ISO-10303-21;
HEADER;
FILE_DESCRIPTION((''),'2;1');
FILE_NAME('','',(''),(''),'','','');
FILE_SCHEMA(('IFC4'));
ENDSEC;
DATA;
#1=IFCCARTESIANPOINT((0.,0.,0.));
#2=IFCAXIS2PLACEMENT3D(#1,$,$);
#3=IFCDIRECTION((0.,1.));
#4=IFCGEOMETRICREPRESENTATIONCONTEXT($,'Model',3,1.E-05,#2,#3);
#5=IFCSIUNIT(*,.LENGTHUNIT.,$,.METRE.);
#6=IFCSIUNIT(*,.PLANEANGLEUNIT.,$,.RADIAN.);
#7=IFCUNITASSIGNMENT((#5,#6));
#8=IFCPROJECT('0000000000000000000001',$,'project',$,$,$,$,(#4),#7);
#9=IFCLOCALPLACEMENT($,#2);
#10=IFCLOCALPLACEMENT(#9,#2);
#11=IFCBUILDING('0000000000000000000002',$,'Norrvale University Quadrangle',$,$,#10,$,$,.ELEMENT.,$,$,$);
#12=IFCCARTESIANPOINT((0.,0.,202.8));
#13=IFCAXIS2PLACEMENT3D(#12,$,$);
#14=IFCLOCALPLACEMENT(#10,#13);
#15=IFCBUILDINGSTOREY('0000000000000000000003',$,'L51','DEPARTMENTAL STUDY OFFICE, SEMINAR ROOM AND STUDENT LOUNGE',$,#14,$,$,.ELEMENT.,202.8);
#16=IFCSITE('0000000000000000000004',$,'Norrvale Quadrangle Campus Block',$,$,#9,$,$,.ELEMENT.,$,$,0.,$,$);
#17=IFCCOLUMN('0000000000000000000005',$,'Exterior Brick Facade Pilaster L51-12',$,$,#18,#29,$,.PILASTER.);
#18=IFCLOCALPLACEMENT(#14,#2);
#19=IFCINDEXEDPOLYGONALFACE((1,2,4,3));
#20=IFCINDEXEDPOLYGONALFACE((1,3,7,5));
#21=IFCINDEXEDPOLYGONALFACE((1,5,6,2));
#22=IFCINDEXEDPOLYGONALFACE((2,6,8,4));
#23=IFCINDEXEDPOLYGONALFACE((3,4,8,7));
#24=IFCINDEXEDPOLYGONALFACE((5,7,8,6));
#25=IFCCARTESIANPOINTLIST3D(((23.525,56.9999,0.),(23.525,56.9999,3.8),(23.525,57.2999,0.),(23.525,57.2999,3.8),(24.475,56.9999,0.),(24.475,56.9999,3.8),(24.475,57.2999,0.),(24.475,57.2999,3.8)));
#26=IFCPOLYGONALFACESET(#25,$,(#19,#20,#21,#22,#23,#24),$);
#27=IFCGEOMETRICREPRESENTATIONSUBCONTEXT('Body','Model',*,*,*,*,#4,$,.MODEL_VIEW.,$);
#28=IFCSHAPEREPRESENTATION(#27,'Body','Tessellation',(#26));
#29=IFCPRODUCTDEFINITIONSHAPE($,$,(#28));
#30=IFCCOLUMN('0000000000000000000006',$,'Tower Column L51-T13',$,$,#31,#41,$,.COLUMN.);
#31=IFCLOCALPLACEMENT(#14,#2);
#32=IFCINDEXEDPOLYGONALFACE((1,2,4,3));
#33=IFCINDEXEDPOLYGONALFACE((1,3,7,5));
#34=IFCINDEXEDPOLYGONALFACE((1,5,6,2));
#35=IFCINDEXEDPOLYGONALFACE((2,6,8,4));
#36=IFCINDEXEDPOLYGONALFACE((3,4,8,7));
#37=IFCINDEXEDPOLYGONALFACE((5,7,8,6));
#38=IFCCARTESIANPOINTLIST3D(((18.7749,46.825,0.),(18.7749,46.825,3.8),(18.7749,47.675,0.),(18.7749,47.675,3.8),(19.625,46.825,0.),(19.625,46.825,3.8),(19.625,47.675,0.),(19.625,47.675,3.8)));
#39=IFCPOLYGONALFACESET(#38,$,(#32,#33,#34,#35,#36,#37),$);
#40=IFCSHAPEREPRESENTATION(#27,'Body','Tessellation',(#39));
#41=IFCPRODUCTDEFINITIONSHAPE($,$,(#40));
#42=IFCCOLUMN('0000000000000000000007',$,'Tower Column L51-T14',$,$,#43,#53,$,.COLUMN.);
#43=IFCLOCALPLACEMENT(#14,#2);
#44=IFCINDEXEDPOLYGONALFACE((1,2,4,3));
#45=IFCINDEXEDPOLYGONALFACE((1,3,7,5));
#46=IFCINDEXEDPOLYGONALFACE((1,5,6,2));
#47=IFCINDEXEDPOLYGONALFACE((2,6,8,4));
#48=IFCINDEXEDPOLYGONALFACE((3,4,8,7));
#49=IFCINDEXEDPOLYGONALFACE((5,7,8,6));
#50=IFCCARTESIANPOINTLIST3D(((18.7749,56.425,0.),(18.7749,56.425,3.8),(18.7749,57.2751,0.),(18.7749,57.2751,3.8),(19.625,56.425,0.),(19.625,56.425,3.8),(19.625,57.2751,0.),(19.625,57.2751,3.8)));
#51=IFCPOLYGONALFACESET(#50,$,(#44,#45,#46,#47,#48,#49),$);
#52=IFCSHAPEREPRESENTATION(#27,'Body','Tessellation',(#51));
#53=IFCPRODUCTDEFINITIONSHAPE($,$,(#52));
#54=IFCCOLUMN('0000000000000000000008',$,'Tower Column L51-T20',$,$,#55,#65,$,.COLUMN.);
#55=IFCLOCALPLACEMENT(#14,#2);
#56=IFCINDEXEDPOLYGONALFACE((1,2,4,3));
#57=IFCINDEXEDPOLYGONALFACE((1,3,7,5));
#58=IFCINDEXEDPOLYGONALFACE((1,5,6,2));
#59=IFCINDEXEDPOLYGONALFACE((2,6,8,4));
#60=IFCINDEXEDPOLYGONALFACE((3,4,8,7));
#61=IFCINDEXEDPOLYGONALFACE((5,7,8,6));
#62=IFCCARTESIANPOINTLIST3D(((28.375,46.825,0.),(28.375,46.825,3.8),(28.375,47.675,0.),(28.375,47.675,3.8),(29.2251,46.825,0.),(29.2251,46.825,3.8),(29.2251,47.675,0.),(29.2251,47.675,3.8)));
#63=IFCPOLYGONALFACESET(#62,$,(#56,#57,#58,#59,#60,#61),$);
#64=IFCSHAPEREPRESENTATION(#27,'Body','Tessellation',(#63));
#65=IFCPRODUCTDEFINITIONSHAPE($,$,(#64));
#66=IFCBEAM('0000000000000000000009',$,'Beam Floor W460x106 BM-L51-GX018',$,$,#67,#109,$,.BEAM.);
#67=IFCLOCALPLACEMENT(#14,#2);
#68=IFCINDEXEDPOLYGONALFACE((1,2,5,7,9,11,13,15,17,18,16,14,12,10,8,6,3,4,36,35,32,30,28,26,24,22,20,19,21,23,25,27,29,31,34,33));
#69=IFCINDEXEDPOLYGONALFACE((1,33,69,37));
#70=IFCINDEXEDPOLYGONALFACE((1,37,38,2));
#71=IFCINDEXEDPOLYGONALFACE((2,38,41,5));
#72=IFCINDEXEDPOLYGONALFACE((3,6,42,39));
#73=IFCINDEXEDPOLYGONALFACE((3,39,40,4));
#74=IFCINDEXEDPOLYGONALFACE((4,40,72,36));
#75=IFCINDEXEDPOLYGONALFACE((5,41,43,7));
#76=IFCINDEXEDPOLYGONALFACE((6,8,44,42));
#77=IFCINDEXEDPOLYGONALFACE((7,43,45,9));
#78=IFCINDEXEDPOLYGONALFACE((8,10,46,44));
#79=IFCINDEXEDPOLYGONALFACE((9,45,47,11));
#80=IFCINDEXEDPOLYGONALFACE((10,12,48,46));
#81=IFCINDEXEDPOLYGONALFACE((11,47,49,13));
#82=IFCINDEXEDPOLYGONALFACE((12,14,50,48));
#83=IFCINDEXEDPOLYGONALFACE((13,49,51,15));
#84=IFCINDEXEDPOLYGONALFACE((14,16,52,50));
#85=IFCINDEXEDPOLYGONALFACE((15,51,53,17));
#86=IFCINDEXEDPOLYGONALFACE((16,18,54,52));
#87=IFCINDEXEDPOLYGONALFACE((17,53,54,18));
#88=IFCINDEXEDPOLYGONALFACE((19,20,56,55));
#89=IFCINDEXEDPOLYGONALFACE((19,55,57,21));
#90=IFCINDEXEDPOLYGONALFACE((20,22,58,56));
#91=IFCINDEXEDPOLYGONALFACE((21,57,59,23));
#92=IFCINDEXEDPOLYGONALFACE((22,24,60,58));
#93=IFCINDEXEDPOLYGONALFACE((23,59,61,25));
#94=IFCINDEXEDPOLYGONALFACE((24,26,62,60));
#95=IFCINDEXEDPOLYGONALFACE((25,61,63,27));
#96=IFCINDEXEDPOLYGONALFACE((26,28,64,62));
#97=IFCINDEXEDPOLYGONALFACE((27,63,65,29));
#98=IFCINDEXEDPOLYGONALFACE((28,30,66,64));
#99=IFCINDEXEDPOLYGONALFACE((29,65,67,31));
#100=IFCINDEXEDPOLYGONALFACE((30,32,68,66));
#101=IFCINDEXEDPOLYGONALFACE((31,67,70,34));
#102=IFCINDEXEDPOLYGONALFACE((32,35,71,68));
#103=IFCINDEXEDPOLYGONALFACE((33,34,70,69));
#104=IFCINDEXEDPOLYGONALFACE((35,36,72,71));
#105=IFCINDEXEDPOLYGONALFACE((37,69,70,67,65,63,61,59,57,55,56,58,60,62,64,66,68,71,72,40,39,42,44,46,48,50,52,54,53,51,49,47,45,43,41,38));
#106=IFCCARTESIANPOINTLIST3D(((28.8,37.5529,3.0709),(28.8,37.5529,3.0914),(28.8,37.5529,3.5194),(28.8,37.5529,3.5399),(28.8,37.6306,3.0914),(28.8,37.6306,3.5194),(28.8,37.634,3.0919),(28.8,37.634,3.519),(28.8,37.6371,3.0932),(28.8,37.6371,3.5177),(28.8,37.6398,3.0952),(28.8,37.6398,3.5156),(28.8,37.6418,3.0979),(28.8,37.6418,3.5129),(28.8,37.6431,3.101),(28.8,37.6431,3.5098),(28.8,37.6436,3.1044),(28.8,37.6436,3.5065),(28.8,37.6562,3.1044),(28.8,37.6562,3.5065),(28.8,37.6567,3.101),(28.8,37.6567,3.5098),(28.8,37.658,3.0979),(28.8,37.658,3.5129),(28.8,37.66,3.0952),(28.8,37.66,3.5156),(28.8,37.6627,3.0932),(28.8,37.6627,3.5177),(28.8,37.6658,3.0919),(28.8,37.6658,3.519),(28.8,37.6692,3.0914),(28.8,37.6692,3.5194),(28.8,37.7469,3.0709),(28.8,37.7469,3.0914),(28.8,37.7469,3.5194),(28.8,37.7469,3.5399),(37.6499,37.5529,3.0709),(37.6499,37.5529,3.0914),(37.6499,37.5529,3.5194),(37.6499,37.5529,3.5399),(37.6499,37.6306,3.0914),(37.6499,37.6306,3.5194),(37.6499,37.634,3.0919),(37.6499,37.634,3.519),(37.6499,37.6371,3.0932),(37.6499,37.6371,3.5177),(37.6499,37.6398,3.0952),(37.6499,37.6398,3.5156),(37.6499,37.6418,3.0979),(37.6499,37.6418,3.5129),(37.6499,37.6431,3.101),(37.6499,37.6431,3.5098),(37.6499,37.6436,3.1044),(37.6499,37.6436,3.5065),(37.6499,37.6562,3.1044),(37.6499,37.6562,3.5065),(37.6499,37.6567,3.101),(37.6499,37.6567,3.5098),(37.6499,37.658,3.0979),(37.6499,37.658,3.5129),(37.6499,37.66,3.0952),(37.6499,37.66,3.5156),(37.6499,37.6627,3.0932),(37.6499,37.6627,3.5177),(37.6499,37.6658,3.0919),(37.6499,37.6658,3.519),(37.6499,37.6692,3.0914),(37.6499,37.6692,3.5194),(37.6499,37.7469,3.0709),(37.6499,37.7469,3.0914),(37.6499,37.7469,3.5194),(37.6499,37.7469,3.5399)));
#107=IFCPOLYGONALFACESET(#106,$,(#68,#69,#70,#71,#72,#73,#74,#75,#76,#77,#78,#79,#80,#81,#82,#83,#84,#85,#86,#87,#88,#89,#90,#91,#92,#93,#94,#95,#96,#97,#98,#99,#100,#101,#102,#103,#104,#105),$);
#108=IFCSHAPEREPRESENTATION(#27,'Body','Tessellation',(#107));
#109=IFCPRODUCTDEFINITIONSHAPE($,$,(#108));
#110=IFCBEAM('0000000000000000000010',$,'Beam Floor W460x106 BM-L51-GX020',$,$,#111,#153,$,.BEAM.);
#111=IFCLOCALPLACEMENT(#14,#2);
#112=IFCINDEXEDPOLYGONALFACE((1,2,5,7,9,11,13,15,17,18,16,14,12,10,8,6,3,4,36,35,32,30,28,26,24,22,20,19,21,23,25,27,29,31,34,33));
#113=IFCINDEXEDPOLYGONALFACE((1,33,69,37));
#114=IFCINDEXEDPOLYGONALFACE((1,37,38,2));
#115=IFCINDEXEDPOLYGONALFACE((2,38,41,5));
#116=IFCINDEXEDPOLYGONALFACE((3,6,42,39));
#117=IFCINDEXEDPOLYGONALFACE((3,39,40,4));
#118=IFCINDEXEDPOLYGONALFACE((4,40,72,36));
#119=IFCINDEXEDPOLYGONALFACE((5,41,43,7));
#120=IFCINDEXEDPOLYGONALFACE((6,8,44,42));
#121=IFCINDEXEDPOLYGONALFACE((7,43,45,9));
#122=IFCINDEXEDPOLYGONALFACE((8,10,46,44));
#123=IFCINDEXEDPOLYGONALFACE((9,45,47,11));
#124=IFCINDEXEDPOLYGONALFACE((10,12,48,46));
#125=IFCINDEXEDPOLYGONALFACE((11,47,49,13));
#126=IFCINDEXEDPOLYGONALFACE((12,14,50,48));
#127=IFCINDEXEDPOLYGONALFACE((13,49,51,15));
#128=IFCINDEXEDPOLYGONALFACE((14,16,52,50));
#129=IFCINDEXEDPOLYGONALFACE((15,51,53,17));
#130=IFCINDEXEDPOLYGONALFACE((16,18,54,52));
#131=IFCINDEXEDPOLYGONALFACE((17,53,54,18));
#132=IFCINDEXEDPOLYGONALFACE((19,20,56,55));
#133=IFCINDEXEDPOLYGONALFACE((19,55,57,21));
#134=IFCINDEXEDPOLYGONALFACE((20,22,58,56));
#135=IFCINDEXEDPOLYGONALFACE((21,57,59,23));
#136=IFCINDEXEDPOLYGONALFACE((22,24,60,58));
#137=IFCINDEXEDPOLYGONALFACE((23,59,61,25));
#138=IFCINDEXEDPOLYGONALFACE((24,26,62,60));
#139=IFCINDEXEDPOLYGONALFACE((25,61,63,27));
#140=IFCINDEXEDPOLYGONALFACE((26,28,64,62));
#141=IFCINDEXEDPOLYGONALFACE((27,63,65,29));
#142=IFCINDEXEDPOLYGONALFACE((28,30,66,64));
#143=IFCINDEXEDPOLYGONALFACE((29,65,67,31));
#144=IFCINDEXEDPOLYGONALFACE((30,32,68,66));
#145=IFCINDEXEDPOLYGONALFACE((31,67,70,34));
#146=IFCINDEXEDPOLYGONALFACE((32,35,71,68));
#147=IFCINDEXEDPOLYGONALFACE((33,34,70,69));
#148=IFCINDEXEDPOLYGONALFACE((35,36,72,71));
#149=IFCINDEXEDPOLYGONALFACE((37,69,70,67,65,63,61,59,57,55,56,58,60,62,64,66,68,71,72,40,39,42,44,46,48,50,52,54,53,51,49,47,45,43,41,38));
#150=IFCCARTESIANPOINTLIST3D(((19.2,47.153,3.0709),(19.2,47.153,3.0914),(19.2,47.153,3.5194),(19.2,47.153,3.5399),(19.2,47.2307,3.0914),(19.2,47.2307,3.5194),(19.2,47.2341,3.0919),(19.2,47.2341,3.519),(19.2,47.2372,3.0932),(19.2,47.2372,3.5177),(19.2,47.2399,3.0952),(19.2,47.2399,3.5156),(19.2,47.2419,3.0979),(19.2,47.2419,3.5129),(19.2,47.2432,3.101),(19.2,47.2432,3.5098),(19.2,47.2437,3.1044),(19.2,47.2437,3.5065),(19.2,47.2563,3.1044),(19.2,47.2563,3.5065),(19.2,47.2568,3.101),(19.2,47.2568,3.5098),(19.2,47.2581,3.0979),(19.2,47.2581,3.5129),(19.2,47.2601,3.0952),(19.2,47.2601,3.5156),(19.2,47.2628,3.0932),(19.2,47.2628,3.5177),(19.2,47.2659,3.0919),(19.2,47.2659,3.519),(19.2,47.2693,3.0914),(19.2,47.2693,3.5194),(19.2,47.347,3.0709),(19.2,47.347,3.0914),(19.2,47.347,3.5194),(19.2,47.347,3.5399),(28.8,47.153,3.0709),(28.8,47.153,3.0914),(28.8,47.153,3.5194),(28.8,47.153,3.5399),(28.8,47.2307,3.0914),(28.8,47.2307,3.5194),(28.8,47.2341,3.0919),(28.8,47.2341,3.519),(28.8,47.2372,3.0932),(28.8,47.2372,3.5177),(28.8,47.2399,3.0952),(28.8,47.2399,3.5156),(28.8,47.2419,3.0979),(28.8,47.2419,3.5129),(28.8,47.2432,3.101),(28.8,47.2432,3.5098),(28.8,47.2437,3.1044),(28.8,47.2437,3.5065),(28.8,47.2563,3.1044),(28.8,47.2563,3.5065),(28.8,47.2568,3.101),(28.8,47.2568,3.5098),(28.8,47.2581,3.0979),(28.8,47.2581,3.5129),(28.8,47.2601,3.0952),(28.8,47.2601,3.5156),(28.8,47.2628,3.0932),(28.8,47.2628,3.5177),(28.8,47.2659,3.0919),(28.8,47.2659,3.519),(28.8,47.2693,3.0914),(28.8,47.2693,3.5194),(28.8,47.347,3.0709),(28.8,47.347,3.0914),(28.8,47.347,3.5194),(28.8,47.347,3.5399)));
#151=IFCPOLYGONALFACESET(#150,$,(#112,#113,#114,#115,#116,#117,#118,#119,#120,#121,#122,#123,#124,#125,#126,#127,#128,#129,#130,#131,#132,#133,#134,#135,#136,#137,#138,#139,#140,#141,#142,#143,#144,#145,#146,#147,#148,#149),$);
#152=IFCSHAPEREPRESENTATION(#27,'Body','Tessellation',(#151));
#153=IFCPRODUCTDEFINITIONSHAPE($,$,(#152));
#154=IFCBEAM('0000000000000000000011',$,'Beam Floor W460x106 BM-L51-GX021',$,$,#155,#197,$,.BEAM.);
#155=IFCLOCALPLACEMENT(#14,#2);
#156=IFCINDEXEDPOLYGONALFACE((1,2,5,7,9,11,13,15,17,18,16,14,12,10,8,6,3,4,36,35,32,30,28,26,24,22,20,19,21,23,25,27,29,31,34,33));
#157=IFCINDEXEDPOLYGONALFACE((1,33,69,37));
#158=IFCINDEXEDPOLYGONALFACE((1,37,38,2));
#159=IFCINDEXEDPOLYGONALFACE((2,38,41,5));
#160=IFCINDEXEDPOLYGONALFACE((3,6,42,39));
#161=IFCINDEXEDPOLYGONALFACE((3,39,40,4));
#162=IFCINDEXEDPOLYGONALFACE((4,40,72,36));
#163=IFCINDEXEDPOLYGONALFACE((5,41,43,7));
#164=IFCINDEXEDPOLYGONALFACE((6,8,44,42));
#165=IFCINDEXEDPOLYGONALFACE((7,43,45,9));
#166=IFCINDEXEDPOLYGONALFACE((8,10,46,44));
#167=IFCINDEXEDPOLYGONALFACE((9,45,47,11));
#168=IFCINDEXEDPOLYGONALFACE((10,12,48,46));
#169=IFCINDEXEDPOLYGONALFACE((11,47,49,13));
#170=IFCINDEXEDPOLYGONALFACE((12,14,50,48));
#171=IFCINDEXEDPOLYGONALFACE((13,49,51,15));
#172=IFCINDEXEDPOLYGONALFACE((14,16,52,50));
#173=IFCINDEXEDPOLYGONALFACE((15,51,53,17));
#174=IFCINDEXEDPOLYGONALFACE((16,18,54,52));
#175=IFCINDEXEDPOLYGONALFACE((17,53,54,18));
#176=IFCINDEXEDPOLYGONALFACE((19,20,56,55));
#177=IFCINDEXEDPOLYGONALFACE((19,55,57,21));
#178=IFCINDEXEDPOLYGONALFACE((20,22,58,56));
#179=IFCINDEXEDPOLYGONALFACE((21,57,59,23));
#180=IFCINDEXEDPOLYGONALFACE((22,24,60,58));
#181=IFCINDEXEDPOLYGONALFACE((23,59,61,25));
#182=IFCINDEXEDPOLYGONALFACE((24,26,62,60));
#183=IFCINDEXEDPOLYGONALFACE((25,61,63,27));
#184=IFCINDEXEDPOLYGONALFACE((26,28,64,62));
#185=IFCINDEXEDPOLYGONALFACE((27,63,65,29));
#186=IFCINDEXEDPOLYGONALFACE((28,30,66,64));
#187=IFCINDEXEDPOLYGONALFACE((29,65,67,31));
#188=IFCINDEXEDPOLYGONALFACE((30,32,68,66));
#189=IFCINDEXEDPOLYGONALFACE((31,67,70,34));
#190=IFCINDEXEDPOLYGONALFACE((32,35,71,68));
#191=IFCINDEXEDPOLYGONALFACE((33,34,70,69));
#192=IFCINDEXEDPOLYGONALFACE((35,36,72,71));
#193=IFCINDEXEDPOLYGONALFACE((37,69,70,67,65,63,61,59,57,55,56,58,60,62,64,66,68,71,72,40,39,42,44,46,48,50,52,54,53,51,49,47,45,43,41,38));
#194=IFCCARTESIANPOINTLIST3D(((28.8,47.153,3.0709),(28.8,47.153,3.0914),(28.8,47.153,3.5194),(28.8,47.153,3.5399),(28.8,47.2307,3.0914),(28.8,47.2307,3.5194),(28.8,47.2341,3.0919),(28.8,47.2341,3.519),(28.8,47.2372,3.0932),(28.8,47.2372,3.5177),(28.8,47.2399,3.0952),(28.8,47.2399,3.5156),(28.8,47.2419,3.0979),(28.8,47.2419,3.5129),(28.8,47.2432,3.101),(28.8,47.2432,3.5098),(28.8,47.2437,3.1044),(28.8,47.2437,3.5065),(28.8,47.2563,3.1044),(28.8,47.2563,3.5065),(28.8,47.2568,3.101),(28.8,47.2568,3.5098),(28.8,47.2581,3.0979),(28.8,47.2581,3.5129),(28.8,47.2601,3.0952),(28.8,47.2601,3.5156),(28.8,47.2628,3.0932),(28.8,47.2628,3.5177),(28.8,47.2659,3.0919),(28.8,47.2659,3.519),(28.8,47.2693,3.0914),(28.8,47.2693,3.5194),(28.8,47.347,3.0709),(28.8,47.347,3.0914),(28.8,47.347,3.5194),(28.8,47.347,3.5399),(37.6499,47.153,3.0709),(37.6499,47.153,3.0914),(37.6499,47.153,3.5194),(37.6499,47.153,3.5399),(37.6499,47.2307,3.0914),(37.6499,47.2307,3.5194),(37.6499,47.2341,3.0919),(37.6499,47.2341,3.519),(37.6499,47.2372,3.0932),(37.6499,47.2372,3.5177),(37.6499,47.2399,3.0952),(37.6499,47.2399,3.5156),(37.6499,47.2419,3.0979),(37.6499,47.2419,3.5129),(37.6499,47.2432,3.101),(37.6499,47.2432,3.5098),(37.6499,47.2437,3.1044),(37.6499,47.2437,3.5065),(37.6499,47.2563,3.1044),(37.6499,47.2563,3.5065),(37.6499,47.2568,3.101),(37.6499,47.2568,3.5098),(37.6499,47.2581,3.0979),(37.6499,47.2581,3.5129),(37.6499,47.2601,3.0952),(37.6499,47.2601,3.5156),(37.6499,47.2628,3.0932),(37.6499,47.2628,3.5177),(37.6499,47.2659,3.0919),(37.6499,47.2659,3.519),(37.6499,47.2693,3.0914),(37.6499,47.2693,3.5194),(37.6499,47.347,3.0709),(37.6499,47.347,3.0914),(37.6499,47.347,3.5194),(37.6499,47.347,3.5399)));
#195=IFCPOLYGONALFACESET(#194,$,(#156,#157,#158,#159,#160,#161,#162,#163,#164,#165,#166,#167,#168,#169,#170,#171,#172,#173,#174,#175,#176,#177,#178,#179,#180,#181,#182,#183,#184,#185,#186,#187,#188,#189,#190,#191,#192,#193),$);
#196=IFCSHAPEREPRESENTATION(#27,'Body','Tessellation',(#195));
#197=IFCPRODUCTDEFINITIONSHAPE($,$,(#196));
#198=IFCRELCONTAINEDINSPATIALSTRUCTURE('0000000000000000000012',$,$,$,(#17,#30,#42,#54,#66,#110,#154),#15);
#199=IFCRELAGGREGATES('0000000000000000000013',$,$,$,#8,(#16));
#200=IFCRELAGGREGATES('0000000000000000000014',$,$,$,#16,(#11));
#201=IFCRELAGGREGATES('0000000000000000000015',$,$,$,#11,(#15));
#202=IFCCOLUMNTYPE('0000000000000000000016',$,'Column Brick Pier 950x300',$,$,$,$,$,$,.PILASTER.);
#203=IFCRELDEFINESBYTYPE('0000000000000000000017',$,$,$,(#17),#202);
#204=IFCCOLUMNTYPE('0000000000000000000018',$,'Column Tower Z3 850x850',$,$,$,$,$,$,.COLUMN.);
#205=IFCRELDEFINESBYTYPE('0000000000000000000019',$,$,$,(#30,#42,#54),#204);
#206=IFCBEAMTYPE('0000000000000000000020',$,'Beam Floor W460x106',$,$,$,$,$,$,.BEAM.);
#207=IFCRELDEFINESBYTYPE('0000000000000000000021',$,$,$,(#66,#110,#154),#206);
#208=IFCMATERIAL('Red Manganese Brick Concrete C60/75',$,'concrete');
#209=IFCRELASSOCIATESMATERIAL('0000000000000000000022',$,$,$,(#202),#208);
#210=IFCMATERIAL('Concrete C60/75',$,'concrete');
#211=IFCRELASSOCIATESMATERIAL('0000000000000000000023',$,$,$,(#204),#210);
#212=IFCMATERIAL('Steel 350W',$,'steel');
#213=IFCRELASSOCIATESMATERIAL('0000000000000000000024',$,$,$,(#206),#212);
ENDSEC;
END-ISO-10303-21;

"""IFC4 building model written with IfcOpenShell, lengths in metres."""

from ifc_helpers import new_model, si_unit, direction, frame, origin, origin_2d, place, context, subcontext, project, spatial, rectangle, i_section, extrude, material, material_profile, profile_set, type_object, element, save


model = new_model("IFC4")

# Units and contexts
model_context = context("Model", 3, precision=1e-05, world=origin(), true_north=direction((0.0, 1.0)))
body_context = subcontext(model_context, "Body", "Model", "MODEL_VIEW")
ifc_project = project(units=[si_unit("LENGTHUNIT", "METRE"), si_unit("PLANEANGLEUNIT", "RADIAN")], contexts=[model_context])

# Site, building, storey
site_placement = place(None, origin())
site = spatial("IfcSite", under=ifc_project, at=site_placement, Name="Norrvale Quadrangle Campus Block", CompositionType="ELEMENT", RefElevation=0.0)
building_placement = place(site_placement, origin())
building = spatial("IfcBuilding", under=site, at=building_placement, Name="Norrvale University Quadrangle", CompositionType="ELEMENT")
storey_placement = place(building_placement, frame((0.0, 0.0, 202.8)))
storey = spatial("IfcBuildingStorey", under=building, at=storey_placement, Name="L51", Description="DEPARTMENTAL STUDY OFFICE, SEMINAR ROOM AND STUDENT LOUNGE", CompositionType="ELEMENT", Elevation=202.8)

# Columns
ifc_material_1 = material(Name="Red Manganese Brick Concrete C60/75", Category="concrete")
ifc_material_profile_1 = material_profile(ifc_material_1, rectangle(XDim=0.95, YDim=0.3, at=origin_2d()), Name="Red Manganese Brick Concrete C60/75")
ifc_profile_set_1 = profile_set([ifc_material_profile_1], Name="Red Manganese Brick Concrete C60/75")
column_type_1 = type_object("IfcColumnType", Name="Column Brick Pier 950x300", PredefinedType="PILASTER", material=ifc_profile_set_1)
column_placement = place(storey_placement, frame((24.0, 57.1499, 0.0), z_axis=(0.0, 0.0, 1.0), x_axis=(1.0, 0.0, 0.0)))
element("IfcColumn", 1, at=column_placement, inside=storey, type_object=column_type_1, Name="Exterior Brick Facade Pilaster L51-12", PredefinedType="PILASTER", context=body_context, shape_type="SweptSolid", body=[
    extrude(rectangle(XDim=0.95, YDim=0.3, at=origin_2d()), origin(), (0.0, 0.0, 1.0), 3.8),
])
ifc_material_2 = material(Name="Concrete C60/75", Category="concrete")
ifc_material_profile_2 = material_profile(ifc_material_2, rectangle(XDim=0.8501, YDim=0.8501, at=origin_2d()), Name="Concrete C60/75")
ifc_profile_set_2 = profile_set([ifc_material_profile_2], Name="Concrete C60/75")
column_type_2 = type_object("IfcColumnType", Name="Column Tower Z3 850x850", PredefinedType="COLUMN", material=ifc_profile_set_2)
for number, where, z_axis, x_axis, name in (
    (2, (19.2, 47.25, 0.0), (0.0, 0.0, 1.0), (1.0, 0.0, 0.0), "Tower Column L51-T13"),
    (3, (19.2, 56.8501, 0.0), (0.0, 0.0, 1.0), (1.0, 0.0, 0.0), "Tower Column L51-T14"),
    (4, (28.8, 47.25, 0.0), (0.0, 0.0, 1.0), (1.0, 0.0, 0.0), "Tower Column L51-T20"),
):
    element("IfcColumn", number, at=place(storey_placement, frame(where, z_axis=z_axis, x_axis=x_axis)), inside=storey, type_object=column_type_2, Name=name, PredefinedType="COLUMN", context=body_context, shape_type="SweptSolid", body=[
        extrude(rectangle(XDim=0.8501, YDim=0.8501, at=origin_2d()), origin(), (0.0, 0.0, 1.0), 3.8),
    ])

# Beams
ifc_material_3 = material(Name="Steel 350W", Category="steel")
ifc_material_profile_3 = material_profile(ifc_material_3, i_section(OverallWidth=0.1941, OverallDepth=0.469, WebThickness=0.0127, FlangeThickness=0.0205, FilletRadius=0.0129, at=origin_2d()), Name="Steel 350W")
ifc_profile_set_3 = profile_set([ifc_material_profile_3], Name="Steel 350W")
beam_type_1 = type_object("IfcBeamType", Name="Beam Floor W460x106", PredefinedType="BEAM", material=ifc_profile_set_3)
beam_1_placement = place(storey_placement, frame((28.8, 37.6499, 3.3054), z_axis=(1.0, 0.0, 0.0), x_axis=(0.0, 1.0, 0.0)))
element("IfcBeam", 5, at=beam_1_placement, inside=storey, type_object=beam_type_1, Name="Beam Floor W460x106 BM-L51-GX018", PredefinedType="BEAM", context=body_context, shape_type="SweptSolid", body=[
    extrude(i_section(OverallWidth=0.1941, OverallDepth=0.469, WebThickness=0.0127, FlangeThickness=0.0205, FilletRadius=0.0129, at=origin_2d()), origin(), (0.0, 0.0, 1.0), 8.8499),
])
beam_2_placement = place(storey_placement, frame((19.2, 47.25, 3.3054), z_axis=(1.0, 0.0, 0.0), x_axis=(0.0, 1.0, 0.0)))
element("IfcBeam", 6, at=beam_2_placement, inside=storey, type_object=beam_type_1, Name="Beam Floor W460x106 BM-L51-GX020", PredefinedType="BEAM", context=body_context, shape_type="SweptSolid", body=[
    extrude(i_section(OverallWidth=0.1941, OverallDepth=0.469, WebThickness=0.0127, FlangeThickness=0.0205, FilletRadius=0.0129, at=origin_2d()), origin(), (0.0, 0.0, 1.0), 9.6001),
])
beam_3_placement = place(storey_placement, frame((28.8, 47.25, 3.3054), z_axis=(1.0, 0.0, 0.0), x_axis=(0.0, 1.0, 0.0)))
element("IfcBeam", 7, at=beam_3_placement, inside=storey, type_object=beam_type_1, Name="Beam Floor W460x106 BM-L51-GX021", PredefinedType="BEAM", context=body_context, shape_type="SweptSolid", body=[
    extrude(i_section(OverallWidth=0.1941, OverallDepth=0.469, WebThickness=0.0127, FlangeThickness=0.0205, FilletRadius=0.0129, at=origin_2d()), origin(), (0.0, 0.0, 1.0), 8.8499),
])

save(model, "model.ifc")
